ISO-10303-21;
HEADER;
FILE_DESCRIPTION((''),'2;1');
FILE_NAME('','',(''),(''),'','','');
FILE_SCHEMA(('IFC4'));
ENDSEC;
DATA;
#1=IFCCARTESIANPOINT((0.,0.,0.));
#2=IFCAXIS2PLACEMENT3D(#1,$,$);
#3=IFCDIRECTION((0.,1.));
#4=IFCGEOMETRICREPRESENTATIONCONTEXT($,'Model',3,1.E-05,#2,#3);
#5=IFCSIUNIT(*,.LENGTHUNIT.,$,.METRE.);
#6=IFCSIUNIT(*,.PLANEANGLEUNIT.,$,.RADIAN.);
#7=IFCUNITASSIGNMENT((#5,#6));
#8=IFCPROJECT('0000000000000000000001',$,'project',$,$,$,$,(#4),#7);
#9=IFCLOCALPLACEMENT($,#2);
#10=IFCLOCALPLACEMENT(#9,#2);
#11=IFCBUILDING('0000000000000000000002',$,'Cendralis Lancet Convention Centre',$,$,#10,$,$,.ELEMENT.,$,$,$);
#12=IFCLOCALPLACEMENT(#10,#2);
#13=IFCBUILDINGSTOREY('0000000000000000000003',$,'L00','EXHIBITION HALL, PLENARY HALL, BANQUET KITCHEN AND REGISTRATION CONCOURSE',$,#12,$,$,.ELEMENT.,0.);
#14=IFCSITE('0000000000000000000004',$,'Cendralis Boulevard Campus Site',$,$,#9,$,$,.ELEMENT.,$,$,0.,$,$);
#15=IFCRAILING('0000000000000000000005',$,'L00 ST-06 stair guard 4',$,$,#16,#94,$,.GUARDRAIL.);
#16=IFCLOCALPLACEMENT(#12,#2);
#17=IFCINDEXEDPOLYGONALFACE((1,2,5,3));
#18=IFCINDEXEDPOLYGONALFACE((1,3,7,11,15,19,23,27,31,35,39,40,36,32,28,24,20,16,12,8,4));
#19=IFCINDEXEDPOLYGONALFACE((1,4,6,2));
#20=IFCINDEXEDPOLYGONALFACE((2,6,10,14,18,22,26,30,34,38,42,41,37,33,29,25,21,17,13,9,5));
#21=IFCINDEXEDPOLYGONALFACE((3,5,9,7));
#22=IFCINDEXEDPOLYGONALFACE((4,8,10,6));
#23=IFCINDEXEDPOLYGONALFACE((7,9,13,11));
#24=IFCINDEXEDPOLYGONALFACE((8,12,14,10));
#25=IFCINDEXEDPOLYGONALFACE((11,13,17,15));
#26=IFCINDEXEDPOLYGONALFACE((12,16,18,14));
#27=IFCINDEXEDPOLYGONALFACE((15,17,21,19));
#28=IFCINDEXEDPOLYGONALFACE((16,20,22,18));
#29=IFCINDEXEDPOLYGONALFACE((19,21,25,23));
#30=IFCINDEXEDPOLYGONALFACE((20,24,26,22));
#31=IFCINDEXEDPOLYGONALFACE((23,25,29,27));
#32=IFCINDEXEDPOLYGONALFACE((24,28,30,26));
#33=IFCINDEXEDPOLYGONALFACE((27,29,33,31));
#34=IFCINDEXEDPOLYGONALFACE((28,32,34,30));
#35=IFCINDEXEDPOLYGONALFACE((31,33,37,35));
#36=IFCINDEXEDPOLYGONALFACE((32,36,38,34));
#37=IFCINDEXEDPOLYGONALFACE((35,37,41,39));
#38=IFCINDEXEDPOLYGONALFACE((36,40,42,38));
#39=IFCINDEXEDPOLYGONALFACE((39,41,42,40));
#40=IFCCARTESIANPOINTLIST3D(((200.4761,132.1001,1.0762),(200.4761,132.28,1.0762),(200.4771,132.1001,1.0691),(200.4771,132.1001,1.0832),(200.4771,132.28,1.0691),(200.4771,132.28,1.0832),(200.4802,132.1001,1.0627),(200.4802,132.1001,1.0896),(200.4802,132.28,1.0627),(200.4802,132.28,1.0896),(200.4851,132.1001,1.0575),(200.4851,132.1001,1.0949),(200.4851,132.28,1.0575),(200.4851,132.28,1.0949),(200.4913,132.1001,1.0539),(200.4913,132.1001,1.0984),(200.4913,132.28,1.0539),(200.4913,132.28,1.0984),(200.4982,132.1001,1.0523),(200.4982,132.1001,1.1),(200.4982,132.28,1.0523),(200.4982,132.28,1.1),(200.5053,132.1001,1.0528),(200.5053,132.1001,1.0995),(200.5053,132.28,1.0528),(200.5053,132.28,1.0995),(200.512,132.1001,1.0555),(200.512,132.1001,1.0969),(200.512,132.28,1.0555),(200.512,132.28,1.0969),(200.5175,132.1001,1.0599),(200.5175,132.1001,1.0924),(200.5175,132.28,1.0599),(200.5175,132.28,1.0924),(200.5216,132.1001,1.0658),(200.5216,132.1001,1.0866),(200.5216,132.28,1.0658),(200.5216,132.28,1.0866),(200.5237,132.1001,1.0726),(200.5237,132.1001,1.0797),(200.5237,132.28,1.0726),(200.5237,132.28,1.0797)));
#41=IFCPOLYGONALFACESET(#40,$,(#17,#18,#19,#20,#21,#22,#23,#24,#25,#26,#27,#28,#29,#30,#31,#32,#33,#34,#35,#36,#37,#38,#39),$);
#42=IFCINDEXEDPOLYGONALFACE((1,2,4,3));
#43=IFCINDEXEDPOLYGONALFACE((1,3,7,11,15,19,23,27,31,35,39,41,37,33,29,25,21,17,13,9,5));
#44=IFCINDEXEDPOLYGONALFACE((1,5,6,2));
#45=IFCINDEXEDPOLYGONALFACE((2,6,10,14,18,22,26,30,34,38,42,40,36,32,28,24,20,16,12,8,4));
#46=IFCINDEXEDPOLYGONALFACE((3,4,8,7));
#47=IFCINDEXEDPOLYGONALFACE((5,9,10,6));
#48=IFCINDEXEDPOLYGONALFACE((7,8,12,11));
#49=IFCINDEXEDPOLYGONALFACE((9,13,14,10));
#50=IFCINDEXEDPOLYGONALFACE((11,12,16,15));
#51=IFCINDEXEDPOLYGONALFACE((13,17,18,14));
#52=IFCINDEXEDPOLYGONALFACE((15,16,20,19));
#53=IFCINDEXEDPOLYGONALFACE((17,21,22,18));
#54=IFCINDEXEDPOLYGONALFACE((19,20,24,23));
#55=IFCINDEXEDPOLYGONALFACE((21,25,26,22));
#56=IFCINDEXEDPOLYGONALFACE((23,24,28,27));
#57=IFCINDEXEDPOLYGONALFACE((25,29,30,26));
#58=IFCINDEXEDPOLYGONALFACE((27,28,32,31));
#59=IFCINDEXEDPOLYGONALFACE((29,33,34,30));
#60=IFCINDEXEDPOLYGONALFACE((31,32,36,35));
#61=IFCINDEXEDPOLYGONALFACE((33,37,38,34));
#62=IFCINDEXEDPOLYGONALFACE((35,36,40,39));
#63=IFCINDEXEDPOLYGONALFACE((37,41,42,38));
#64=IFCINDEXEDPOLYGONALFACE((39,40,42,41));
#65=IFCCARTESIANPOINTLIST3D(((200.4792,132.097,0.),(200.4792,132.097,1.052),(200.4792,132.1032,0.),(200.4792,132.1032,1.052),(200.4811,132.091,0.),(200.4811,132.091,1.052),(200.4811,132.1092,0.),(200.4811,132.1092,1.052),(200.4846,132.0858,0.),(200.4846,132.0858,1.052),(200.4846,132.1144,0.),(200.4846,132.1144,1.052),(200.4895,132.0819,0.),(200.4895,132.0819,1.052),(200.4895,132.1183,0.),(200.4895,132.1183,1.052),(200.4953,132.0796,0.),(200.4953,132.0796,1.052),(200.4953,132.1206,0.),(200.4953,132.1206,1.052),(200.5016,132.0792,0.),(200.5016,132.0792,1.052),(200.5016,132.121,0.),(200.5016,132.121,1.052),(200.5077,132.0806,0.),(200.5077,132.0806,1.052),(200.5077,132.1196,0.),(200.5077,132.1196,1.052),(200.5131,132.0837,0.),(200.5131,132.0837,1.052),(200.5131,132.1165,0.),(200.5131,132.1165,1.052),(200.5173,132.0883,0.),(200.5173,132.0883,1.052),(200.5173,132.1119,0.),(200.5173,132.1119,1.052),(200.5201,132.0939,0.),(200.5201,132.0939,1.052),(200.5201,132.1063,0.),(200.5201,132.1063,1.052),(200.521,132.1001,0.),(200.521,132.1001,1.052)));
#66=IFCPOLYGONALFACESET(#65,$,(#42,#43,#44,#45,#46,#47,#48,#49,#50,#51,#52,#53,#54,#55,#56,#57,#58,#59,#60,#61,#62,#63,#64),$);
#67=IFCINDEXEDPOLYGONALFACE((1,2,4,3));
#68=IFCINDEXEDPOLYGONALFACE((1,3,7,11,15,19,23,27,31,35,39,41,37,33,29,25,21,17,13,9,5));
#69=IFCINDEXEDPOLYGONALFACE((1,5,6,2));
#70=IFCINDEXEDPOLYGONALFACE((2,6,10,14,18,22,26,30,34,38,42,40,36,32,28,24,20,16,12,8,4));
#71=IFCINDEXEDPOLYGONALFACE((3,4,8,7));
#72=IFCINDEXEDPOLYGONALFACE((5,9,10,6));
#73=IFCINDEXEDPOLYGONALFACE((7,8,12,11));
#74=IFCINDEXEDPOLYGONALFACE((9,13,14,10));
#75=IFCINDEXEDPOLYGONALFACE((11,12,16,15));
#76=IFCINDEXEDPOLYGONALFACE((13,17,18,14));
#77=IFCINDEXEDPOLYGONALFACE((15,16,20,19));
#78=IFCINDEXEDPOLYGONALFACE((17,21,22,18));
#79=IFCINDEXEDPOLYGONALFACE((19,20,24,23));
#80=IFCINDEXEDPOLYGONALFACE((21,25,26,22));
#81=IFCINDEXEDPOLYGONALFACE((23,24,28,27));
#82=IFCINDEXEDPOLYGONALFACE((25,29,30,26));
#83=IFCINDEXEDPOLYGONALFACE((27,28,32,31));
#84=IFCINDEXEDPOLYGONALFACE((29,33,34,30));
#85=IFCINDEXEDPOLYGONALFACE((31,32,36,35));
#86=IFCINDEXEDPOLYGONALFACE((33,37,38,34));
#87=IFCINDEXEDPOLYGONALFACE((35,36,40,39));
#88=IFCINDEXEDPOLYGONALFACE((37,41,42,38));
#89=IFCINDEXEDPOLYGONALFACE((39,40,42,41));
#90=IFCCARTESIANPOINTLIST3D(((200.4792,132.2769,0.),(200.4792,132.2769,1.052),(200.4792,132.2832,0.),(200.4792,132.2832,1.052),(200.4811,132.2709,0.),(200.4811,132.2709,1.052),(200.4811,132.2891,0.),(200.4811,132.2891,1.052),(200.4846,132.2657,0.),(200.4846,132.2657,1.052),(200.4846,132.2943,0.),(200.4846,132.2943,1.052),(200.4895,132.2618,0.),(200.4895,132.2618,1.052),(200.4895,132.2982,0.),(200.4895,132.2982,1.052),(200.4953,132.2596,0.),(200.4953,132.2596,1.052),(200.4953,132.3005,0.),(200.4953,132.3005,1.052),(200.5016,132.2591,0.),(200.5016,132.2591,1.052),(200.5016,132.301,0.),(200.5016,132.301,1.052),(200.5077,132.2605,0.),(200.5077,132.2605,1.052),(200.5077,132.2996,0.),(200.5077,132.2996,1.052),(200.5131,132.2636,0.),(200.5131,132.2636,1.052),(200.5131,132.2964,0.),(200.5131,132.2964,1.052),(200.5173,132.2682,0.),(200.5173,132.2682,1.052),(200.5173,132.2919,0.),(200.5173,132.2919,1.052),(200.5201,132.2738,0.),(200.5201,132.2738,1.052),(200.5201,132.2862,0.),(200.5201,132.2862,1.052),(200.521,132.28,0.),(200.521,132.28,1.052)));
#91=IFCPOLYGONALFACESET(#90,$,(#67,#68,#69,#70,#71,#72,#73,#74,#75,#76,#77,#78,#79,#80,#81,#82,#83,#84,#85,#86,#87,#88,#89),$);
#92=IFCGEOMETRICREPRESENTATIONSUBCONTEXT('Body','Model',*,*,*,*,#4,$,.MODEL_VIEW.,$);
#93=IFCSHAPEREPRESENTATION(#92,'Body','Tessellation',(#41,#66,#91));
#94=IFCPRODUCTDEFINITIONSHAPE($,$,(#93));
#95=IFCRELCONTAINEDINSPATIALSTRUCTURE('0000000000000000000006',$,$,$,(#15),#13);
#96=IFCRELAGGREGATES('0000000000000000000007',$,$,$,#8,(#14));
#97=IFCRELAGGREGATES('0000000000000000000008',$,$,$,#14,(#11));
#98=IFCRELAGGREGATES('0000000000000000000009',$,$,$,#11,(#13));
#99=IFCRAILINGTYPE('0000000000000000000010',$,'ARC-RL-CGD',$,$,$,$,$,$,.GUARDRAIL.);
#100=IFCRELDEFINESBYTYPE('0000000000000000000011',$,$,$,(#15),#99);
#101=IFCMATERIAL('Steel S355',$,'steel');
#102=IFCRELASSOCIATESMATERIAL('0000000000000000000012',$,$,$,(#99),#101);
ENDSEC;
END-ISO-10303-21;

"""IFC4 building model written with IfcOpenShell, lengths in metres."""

from ifc_helpers import new_model, si_unit, direction, frame, origin, origin_2d, place, context, subcontext, project, spatial, circle, extrude, material, type_object, element, save


model = new_model("IFC4")

# Units and contexts
model_context = context("Model", 3, precision=1e-05, world=origin(), true_north=direction((0.0, 1.0)))
body_context = subcontext(model_context, "Body", "Model", "MODEL_VIEW")
ifc_project = project(units=[si_unit("LENGTHUNIT", "METRE"), si_unit("PLANEANGLEUNIT", "RADIAN")], contexts=[model_context])

# Site, building, storey
site_placement = place(None, origin())
site = spatial("IfcSite", under=ifc_project, at=site_placement, Name="Cendralis Boulevard Campus Site", CompositionType="ELEMENT", RefElevation=0.0)
building_placement = place(site_placement, origin())
building = spatial("IfcBuilding", under=site, at=building_placement, Name="Cendralis Lancet Convention Centre", CompositionType="ELEMENT")
storey_placement = place(building_placement, origin())
storey = spatial("IfcBuildingStorey", under=building, at=storey_placement, Name="L00", Description="EXHIBITION HALL, PLENARY HALL, BANQUET KITCHEN AND REGISTRATION CONCOURSE", CompositionType="ELEMENT", Elevation=0.0)

# Railing
ifc_material_1 = material(Name="Steel S355", Category="steel")
railing_type_1 = type_object("IfcRailingType", Name="ARC-RL-CGD", PredefinedType="GUARDRAIL", material=ifc_material_1)
railing_1_placement = place(storey_placement, frame((200.5, 132.1001, 0.0)))
element("IfcRailing", 1, at=railing_1_placement, inside=storey, type_object=railing_type_1, Name="L00 ST-06 stair guard 4", PredefinedType="GUARDRAIL", context=body_context, shape_type="SweptSolid", body=[
    extrude(circle(Radius=0.0239, at=origin_2d()), frame((0.0, 0.0, 1.0762), z_axis=(0.0, 1.0, 0.0), x_axis=(-1.0, 0.0, 0.0)), (0.0, 0.0, 1.0), 0.1799),
    extrude(circle(Radius=0.021, at=origin_2d()), origin(), (0.0, 0.0, 1.0), 1.052),
    extrude(circle(Radius=0.021, at=origin_2d()), frame((0.0, 0.1799, 0.0)), (0.0, 0.0, 1.0), 1.052),
])

save(model, "model.ifc")
